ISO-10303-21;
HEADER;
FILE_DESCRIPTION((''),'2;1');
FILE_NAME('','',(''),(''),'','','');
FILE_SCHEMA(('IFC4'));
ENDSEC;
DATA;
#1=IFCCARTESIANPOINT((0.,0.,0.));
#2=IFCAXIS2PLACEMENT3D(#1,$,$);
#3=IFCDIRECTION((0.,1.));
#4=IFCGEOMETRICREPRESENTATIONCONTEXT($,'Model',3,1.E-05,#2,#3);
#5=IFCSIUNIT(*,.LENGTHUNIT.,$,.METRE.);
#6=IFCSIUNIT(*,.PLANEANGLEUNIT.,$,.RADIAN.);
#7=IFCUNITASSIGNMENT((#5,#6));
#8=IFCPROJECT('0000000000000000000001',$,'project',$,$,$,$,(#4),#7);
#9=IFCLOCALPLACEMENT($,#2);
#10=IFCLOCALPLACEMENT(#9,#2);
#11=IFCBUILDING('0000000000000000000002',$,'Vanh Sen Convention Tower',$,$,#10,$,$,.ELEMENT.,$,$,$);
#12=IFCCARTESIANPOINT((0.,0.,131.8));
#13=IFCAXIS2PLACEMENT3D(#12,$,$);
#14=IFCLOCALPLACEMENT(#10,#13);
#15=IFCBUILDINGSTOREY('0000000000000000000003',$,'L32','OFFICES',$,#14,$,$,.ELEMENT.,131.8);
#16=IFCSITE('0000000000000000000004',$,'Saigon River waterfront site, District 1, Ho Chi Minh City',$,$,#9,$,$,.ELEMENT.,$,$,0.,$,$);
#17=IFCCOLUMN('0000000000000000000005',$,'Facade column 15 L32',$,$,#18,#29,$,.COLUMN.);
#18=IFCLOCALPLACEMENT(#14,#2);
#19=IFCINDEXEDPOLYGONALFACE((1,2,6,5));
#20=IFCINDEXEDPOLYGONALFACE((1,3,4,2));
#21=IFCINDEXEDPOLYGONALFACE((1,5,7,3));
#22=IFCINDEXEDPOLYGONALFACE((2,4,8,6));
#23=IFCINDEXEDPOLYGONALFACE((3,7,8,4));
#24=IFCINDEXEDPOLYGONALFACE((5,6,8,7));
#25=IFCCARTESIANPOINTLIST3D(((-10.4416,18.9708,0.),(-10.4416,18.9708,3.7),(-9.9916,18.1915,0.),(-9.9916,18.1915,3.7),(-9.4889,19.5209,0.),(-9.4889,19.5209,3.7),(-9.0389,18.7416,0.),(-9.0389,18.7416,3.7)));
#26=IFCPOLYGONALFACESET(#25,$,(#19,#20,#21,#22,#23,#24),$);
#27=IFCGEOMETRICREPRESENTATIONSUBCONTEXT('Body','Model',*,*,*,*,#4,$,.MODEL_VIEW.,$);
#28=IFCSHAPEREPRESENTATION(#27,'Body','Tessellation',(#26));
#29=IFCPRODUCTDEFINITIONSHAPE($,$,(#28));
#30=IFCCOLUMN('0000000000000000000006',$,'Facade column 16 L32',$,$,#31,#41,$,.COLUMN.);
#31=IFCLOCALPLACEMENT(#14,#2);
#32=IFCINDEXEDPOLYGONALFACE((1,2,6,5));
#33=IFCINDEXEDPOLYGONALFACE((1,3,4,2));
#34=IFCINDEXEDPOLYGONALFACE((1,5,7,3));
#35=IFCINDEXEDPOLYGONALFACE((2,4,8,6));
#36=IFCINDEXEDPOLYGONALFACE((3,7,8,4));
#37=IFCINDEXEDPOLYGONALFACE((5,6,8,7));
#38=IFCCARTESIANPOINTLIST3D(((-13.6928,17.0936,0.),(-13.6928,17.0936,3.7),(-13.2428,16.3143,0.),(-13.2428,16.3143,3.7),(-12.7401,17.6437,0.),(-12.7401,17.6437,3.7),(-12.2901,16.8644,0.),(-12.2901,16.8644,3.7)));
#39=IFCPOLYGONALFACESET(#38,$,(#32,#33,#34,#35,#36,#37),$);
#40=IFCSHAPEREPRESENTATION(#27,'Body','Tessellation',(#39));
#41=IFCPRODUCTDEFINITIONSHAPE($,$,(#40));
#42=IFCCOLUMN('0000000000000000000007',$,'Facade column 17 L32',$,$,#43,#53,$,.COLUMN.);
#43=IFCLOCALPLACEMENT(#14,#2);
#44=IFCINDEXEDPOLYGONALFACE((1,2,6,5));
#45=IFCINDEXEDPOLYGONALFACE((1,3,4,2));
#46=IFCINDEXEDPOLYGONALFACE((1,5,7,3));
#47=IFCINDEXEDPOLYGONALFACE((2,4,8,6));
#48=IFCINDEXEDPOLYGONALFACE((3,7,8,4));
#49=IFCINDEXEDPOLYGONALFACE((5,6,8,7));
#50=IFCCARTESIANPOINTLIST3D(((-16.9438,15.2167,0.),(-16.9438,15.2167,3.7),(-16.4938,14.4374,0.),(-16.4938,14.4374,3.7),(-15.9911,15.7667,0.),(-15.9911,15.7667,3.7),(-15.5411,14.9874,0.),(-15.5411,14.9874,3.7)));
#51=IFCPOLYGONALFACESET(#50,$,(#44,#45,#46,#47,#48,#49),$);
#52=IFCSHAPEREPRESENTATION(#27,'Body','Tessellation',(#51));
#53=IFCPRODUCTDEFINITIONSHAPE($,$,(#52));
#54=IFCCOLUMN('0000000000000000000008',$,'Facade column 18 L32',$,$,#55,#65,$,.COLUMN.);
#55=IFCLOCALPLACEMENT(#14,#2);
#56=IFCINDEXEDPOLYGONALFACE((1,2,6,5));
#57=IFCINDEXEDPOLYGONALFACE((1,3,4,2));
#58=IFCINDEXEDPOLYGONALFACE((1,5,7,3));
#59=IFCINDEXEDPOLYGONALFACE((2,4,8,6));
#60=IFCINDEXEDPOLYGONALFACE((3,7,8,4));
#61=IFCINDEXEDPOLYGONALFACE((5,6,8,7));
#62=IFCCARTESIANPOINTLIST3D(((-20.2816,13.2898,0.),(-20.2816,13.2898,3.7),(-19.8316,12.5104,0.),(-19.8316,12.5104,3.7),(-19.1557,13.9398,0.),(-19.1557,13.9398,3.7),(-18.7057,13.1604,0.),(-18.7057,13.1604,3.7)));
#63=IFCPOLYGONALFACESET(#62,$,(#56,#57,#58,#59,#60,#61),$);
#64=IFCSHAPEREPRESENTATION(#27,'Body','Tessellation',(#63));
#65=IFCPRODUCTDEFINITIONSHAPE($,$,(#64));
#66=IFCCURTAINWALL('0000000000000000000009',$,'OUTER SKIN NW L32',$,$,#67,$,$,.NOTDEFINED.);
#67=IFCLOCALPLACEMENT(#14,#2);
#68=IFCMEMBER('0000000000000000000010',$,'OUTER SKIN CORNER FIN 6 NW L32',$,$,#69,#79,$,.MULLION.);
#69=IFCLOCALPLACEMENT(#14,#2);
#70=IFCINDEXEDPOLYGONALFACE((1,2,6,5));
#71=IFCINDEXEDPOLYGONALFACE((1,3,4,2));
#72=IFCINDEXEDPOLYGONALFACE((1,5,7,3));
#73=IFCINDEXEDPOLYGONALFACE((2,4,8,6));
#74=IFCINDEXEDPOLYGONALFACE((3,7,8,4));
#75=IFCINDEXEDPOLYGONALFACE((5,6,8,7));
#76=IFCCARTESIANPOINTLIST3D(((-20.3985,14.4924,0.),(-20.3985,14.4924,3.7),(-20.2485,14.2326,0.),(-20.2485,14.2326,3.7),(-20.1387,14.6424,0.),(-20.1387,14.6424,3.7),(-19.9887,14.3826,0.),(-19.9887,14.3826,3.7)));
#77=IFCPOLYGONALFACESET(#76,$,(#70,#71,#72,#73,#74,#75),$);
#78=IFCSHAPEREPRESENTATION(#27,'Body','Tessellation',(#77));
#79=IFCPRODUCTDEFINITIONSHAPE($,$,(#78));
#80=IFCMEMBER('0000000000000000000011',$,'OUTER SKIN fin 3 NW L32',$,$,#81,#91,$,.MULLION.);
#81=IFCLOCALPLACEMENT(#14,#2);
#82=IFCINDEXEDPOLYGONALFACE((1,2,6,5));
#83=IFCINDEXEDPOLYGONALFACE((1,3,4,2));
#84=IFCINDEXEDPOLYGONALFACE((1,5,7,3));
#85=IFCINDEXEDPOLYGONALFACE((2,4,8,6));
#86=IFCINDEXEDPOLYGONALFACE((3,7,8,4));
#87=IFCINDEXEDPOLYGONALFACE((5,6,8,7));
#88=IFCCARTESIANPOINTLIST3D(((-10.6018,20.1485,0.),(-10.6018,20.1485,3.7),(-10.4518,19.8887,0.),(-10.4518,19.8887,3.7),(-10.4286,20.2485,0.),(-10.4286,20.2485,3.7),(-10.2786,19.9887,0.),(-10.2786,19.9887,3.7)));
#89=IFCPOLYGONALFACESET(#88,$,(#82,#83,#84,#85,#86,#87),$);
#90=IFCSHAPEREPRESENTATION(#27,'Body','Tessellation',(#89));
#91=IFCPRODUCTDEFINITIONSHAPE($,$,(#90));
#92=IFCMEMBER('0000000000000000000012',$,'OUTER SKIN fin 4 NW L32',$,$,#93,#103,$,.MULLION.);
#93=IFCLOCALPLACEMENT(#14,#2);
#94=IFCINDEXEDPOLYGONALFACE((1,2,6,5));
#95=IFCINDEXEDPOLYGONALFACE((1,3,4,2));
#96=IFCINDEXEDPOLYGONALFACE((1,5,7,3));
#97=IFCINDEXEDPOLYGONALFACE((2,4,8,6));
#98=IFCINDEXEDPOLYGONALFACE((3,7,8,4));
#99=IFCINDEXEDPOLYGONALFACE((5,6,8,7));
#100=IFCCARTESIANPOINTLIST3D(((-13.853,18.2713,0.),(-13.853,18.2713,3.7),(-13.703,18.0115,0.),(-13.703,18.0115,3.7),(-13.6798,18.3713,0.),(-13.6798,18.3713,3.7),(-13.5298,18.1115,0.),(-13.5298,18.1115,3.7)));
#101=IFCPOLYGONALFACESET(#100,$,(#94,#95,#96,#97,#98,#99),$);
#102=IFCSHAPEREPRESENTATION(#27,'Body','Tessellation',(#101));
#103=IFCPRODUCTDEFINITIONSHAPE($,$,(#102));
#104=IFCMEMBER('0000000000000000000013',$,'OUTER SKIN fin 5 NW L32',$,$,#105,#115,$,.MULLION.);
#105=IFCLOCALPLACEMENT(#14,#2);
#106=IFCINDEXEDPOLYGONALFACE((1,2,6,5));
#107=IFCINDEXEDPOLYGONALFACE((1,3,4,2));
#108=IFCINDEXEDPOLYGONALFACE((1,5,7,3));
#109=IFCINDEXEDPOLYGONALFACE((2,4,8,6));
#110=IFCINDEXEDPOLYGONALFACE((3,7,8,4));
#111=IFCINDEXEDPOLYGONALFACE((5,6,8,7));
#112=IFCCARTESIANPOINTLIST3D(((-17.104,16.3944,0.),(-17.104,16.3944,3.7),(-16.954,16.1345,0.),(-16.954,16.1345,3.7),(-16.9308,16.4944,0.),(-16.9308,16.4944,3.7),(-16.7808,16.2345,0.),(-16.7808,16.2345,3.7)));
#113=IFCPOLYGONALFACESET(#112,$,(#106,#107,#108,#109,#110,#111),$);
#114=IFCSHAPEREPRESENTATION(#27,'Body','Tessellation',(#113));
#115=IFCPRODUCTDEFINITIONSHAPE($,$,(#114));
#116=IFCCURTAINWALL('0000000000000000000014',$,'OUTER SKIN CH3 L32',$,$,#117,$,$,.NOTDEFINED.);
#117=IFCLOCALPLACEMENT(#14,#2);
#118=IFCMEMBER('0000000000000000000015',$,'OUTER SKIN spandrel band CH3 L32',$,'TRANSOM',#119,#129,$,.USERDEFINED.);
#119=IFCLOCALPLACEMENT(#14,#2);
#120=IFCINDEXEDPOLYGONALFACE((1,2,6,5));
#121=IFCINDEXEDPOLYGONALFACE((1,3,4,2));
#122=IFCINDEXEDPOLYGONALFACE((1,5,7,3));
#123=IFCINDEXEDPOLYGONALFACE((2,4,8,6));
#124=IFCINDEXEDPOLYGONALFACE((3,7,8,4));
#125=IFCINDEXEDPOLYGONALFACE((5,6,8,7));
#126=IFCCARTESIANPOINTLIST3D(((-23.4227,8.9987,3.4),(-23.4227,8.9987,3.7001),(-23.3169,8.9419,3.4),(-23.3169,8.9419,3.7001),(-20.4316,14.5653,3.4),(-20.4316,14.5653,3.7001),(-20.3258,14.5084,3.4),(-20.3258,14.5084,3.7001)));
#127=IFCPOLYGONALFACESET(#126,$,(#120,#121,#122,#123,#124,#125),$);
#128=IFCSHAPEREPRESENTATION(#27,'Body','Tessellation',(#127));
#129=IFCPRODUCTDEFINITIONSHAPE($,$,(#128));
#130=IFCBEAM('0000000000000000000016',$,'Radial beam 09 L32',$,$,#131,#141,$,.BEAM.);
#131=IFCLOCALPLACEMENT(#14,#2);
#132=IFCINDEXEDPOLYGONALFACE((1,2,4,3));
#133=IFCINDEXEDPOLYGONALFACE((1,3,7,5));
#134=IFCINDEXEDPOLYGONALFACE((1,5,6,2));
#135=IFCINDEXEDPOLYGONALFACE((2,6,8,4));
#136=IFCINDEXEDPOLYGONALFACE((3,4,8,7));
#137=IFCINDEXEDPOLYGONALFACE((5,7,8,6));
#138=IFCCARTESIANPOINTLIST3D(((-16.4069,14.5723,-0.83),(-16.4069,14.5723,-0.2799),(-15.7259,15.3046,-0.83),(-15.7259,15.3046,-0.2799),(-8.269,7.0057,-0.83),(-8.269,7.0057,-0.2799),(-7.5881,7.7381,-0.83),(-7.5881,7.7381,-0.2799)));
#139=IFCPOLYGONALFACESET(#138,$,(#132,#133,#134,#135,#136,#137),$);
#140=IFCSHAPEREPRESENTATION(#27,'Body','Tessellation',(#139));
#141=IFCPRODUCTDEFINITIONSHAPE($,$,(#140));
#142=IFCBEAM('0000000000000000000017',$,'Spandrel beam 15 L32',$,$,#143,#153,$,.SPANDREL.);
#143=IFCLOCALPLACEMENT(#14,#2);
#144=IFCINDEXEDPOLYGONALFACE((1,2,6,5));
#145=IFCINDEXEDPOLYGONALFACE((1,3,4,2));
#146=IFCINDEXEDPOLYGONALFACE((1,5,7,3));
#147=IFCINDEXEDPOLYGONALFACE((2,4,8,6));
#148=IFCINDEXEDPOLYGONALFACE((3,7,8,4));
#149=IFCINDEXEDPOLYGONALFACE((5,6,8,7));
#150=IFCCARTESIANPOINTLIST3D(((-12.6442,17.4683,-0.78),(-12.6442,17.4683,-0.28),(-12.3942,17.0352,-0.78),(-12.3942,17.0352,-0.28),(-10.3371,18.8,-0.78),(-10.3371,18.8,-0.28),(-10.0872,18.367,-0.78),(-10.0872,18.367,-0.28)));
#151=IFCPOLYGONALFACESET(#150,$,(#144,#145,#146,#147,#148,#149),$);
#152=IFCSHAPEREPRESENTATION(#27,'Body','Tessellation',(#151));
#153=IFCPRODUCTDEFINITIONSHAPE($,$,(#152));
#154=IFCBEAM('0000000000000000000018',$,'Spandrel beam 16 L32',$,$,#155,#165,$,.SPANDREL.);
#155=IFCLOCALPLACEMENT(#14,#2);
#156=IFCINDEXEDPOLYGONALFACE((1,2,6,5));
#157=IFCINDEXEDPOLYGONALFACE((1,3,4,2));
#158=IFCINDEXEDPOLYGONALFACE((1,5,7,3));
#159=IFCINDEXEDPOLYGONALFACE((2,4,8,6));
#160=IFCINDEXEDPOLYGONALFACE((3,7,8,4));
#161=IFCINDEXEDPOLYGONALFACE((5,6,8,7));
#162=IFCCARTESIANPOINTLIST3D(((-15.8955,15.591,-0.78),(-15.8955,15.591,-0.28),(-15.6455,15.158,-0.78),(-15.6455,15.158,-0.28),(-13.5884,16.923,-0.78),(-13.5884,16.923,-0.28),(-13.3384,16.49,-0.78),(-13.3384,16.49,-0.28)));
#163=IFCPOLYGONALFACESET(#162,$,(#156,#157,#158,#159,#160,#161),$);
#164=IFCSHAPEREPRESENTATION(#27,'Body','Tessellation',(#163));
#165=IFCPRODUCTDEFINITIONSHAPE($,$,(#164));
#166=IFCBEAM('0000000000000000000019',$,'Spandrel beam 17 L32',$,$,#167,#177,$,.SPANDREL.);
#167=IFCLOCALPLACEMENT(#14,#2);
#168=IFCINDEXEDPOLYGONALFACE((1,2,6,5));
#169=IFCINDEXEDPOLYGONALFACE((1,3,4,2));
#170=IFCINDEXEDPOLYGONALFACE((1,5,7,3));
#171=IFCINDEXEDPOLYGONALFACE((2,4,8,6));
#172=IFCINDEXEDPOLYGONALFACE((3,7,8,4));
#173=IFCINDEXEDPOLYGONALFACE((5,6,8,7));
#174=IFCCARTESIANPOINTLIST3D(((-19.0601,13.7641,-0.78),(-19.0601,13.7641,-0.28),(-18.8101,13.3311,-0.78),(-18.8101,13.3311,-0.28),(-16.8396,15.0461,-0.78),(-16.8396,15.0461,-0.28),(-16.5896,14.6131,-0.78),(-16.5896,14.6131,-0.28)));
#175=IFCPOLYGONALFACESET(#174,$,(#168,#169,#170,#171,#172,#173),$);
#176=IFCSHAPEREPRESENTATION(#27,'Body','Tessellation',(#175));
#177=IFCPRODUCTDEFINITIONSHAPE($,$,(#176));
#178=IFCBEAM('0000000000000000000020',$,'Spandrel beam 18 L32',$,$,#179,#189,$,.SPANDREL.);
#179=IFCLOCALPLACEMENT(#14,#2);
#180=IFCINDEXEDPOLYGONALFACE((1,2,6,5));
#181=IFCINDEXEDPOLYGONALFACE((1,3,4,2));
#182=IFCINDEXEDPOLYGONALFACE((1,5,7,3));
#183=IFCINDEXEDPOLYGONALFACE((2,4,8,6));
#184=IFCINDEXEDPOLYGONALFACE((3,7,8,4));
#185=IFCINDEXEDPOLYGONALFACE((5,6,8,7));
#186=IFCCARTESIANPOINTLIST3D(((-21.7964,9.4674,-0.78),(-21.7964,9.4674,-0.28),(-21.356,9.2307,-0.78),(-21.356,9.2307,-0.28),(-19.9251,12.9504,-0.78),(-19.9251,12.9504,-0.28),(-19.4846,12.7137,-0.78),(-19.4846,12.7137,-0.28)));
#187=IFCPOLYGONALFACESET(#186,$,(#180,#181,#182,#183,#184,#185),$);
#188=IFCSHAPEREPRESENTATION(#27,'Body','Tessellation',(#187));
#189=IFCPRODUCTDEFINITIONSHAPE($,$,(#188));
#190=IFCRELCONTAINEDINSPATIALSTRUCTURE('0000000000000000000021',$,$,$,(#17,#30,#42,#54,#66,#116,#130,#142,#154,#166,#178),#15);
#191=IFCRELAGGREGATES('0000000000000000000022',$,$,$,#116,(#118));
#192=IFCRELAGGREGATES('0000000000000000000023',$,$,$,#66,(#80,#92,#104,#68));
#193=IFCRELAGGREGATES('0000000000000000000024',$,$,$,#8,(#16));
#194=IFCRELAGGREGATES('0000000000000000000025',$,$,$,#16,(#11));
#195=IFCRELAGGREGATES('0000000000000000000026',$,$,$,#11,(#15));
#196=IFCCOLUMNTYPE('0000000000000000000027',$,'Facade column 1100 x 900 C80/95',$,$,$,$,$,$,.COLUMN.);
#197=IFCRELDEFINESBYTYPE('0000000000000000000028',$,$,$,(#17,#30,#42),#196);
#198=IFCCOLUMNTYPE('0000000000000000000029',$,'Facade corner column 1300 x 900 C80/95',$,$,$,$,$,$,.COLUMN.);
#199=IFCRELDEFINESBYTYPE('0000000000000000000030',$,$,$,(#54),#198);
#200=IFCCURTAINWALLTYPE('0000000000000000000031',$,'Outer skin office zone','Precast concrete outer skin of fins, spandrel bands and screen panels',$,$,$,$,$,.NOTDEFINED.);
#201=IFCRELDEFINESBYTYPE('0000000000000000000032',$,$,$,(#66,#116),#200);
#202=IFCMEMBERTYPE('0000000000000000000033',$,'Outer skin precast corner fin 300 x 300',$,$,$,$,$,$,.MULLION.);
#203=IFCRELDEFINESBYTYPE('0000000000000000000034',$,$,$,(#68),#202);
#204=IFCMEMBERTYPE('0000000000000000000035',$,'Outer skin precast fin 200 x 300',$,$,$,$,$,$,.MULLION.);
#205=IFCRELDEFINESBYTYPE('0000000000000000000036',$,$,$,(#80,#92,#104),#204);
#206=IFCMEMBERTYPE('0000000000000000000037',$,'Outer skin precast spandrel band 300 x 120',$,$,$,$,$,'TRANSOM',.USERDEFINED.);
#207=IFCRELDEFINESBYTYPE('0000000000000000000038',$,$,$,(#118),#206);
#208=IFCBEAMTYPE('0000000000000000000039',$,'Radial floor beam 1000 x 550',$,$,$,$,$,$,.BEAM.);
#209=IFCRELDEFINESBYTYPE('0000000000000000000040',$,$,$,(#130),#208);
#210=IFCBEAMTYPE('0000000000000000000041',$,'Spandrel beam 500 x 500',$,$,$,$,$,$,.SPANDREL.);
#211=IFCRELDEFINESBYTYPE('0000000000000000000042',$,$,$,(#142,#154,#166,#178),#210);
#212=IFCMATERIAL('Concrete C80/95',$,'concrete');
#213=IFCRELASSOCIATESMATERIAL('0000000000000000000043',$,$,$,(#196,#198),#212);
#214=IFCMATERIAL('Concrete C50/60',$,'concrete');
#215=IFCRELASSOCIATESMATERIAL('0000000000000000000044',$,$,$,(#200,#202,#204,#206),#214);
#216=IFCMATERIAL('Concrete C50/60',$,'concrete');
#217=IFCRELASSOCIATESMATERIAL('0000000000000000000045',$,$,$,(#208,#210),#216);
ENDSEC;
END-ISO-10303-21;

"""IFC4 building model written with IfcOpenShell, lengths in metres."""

from ifc_helpers import new_model, si_unit, direction, frame, origin, origin_2d, place, context, subcontext, project, spatial, rectangle, extrude, material, material_profile, profile_set, type_object, element, aggregate, save


model = new_model("IFC4")

# Units and contexts
model_context = context("Model", 3, precision=1e-05, world=origin(), true_north=direction((0.0, 1.0)))
body_context = subcontext(model_context, "Body", "Model", "MODEL_VIEW")
ifc_project = project(units=[si_unit("LENGTHUNIT", "METRE"), si_unit("PLANEANGLEUNIT", "RADIAN")], contexts=[model_context])

# Site, building, storey
site_placement = place(None, origin())
site = spatial("IfcSite", under=ifc_project, at=site_placement, Name="Saigon River waterfront site, District 1, Ho Chi Minh City", CompositionType="ELEMENT", RefElevation=0.0)
building_placement = place(site_placement, origin())
building = spatial("IfcBuilding", under=site, at=building_placement, Name="Vanh Sen Convention Tower", CompositionType="ELEMENT")
storey_placement = place(building_placement, frame((0.0, 0.0, 131.8)))
storey = spatial("IfcBuildingStorey", under=building, at=storey_placement, Name="L32", Description="OFFICES", CompositionType="ELEMENT", Elevation=131.8)

# Columns
ifc_material_1 = material(Name="Concrete C80/95", Category="concrete")
ifc_material_profile_1 = material_profile(ifc_material_1, rectangle(XDim=1.1001, YDim=0.8999, at=origin_2d()), Name="RC 1100X900")
ifc_profile_set_1 = profile_set([ifc_material_profile_1], Name="Concrete C80/95")
column_type_1 = type_object("IfcColumnType", Name="Facade column 1100 x 900 C80/95", PredefinedType="COLUMN", material=ifc_profile_set_1)
for number, where, z_axis, x_axis, name in (
    (1, (-9.7402, 18.8562, 0.0), (0.0, 0.0, 1.0), (-0.866025, -0.5, 0.0), "Facade column 15 L32"),
    (2, (-12.9915, 16.979, 0.0), (0.0, 0.0, 1.0), (-0.866025, -0.5, 0.0), "Facade column 16 L32"),
    (3, (-16.2424, 15.1021, 0.0), (0.0, 0.0, 1.0), (-0.866025, -0.5, 0.0), "Facade column 17 L32"),
):
    element("IfcColumn", number, at=place(storey_placement, frame(where, z_axis=z_axis, x_axis=x_axis)), inside=storey, type_object=column_type_1, Name=name, PredefinedType="COLUMN", context=body_context, shape_type="SweptSolid", body=[
        extrude(rectangle(XDim=1.1001, YDim=0.8999, at=origin_2d()), origin(), (0.0, 0.0, 1.0), 3.7),
    ])
ifc_material_profile_2 = material_profile(ifc_material_1, rectangle(XDim=1.3, YDim=0.8999, at=origin_2d()), Name="RC 1300X900")
ifc_profile_set_2 = profile_set([ifc_material_profile_2], Name="Concrete C80/95")
column_type_2 = type_object("IfcColumnType", Name="Facade corner column 1300 x 900 C80/95", PredefinedType="COLUMN", material=ifc_profile_set_2)
column_placement = place(storey_placement, frame((-19.4937, 13.2251, 0.0), z_axis=(0.0, 0.0, 1.0), x_axis=(-0.866025, -0.5, 0.0)))
element("IfcColumn", 4, at=column_placement, inside=storey, type_object=column_type_2, Name="Facade column 18 L32", PredefinedType="COLUMN", context=body_context, shape_type="SweptSolid", body=[
    extrude(rectangle(XDim=1.3, YDim=0.8999, at=origin_2d()), origin(), (0.0, 0.0, 1.0), 3.7),
])

# Curtain wall, members
ifc_material_2 = material(Name="Concrete C50/60", Category="concrete")
curtain_wall_type = type_object("IfcCurtainWallType", Name="Outer skin office zone", Description="Precast concrete outer skin of fins, spandrel bands and screen panels", PredefinedType="NOTDEFINED", material=ifc_material_2)
curtain_wall_1_placement = place(storey_placement, origin())
curtain_wall_1 = element("IfcCurtainWall", 5, at=curtain_wall_1_placement, inside=storey, type_object=curtain_wall_type, Name="OUTER SKIN NW L32", PredefinedType="NOTDEFINED")
ifc_material_profile_3 = material_profile(ifc_material_2, rectangle(XDim=0.3, YDim=0.3, at=origin_2d()), Name="Outer skin precast corner fin 300 x 300")
ifc_profile_set_3 = profile_set([ifc_material_profile_3], Name="Concrete C50/60")
member_type_1 = type_object("IfcMemberType", Name="Outer skin precast corner fin 300 x 300", PredefinedType="MULLION", material=ifc_profile_set_3)
member_1_placement = place(storey_placement, frame((-20.1936, 14.4375, 0.0), z_axis=(0.0, 0.0, 1.0), x_axis=(-0.866025, -0.5, 0.0)))
member_1 = element("IfcMember", 6, at=member_1_placement, type_object=member_type_1, Name="OUTER SKIN CORNER FIN 6 NW L32", PredefinedType="MULLION", context=body_context, shape_type="SweptSolid", body=[
    extrude(rectangle(XDim=0.3, YDim=0.3, at=origin_2d()), origin(), (0.0, 0.0, 1.0), 3.7),
])
ifc_material_profile_4 = material_profile(ifc_material_2, rectangle(XDim=0.2, YDim=0.3, at=origin_2d()), Name="Outer skin precast fin 200 x 300")
ifc_profile_set_4 = profile_set([ifc_material_profile_4], Name="Concrete C50/60")
member_type_2 = type_object("IfcMemberType", Name="Outer skin precast fin 200 x 300", PredefinedType="MULLION", material=ifc_profile_set_4)
member_2_placement = place(storey_placement, frame((-10.4402, 20.0686, 0.0), z_axis=(0.0, 0.0, 1.0), x_axis=(-0.866025, -0.5, 0.0)))
member_2 = element("IfcMember", 7, at=member_2_placement, type_object=member_type_2, Name="OUTER SKIN fin 3 NW L32", PredefinedType="MULLION", context=body_context, shape_type="SweptSolid", body=[
    extrude(rectangle(XDim=0.2, YDim=0.3, at=origin_2d()), origin(), (0.0, 0.0, 1.0), 3.7),
])
member_3_placement = place(storey_placement, frame((-13.6914, 18.1914, 0.0), z_axis=(0.0, 0.0, 1.0), x_axis=(-0.866025, -0.5, 0.0)))
member_3 = element("IfcMember", 8, at=member_3_placement, type_object=member_type_2, Name="OUTER SKIN fin 4 NW L32", PredefinedType="MULLION", context=body_context, shape_type="SweptSolid", body=[
    extrude(rectangle(XDim=0.2, YDim=0.3, at=origin_2d()), origin(), (0.0, 0.0, 1.0), 3.7),
])
member_4_placement = place(storey_placement, frame((-16.9424, 16.3145, 0.0), z_axis=(0.0, 0.0, 1.0), x_axis=(-0.866025, -0.5, 0.0)))
member_4 = element("IfcMember", 9, at=member_4_placement, type_object=member_type_2, Name="OUTER SKIN fin 5 NW L32", PredefinedType="MULLION", context=body_context, shape_type="SweptSolid", body=[
    extrude(rectangle(XDim=0.2, YDim=0.3, at=origin_2d()), origin(), (0.0, 0.0, 1.0), 3.7),
])

# Curtain wall, member
curtain_wall_2_placement = place(storey_placement, origin())
curtain_wall_2 = element("IfcCurtainWall", 10, at=curtain_wall_2_placement, inside=storey, type_object=curtain_wall_type, Name="OUTER SKIN CH3 L32", PredefinedType="NOTDEFINED")
ifc_material_profile_5 = material_profile(ifc_material_2, rectangle(XDim=0.1201, YDim=0.3, at=origin_2d()), Name="Outer skin precast spandrel band 300 x 120")
ifc_profile_set_5 = profile_set([ifc_material_profile_5], Name="Concrete C50/60")
member_type_3 = type_object("IfcMemberType", Name="Outer skin precast spandrel band 300 x 120", ElementType="TRANSOM", PredefinedType="USERDEFINED", material=ifc_profile_set_5)
member_5_placement = place(storey_placement, frame((-20.3787, 14.5369, 3.55), z_axis=(-0.473337, -0.880881, 0.0), x_axis=(0.880881, -0.473337, 0.0)))
member_5 = element("IfcMember", 11, at=member_5_placement, type_object=member_type_3, Name="OUTER SKIN spandrel band CH3 L32", ObjectType="TRANSOM", PredefinedType="USERDEFINED", context=body_context, shape_type="SweptSolid", body=[
    extrude(rectangle(XDim=0.1201, YDim=0.3, at=origin_2d()), origin(), (0.0, 0.0, 1.0), 6.3193),
])
aggregate(curtain_wall_2, [member_5])

# Beams
ifc_material_3 = material(Name="Concrete C50/60", Category="concrete")
ifc_material_profile_6 = material_profile(ifc_material_3, rectangle(XDim=1.0, YDim=0.55, at=origin_2d()), Name="RC 1000X550")
ifc_profile_set_6 = profile_set([ifc_material_profile_6], Name="Concrete C50/60")
beam_type_1 = type_object("IfcBeamType", Name="Radial floor beam 1000 x 550", PredefinedType="BEAM", material=ifc_profile_set_6)
beam_1_placement = place(storey_placement, frame((-16.0664, 14.9385, -0.5549), z_axis=(0.732345, -0.680934, 0.0), x_axis=(0.680934, 0.732345, 0.0)))
element("IfcBeam", 12, at=beam_1_placement, inside=storey, type_object=beam_type_1, Name="Radial beam 09 L32", PredefinedType="BEAM", context=body_context, shape_type="SweptSolid", body=[
    extrude(rectangle(XDim=1.0, YDim=0.55, at=origin_2d()), origin(), (0.0, 0.0, 1.0), 11.1121),
])
ifc_material_profile_7 = material_profile(ifc_material_3, rectangle(XDim=0.5, YDim=0.5, at=origin_2d()), Name="RC 500X500")
ifc_profile_set_7 = profile_set([ifc_material_profile_7], Name="Concrete C50/60")
beam_type_2 = type_object("IfcBeamType", Name="Spandrel beam 500 x 500", PredefinedType="SPANDREL", material=ifc_profile_set_7)
beam_2_placement = place(storey_placement, frame((-10.2122, 18.5835, -0.53), z_axis=(-0.866063, -0.499934, 0.0), x_axis=(0.499934, -0.866063, 0.0)))
element("IfcBeam", 13, at=beam_2_placement, inside=storey, type_object=beam_type_2, Name="Spandrel beam 15 L32", PredefinedType="SPANDREL", context=body_context, shape_type="SweptSolid", body=[
    extrude(rectangle(XDim=0.5, YDim=0.5, at=origin_2d()), origin(), (0.0, 0.0, 1.0), 2.6638),
])
beam_3_placement = place(storey_placement, frame((-13.4634, 16.7065, -0.53), z_axis=(-0.866024, -0.500003, 0.0), x_axis=(0.500003, -0.866024, 0.0)))
element("IfcBeam", 14, at=beam_3_placement, inside=storey, type_object=beam_type_2, Name="Spandrel beam 16 L32", PredefinedType="SPANDREL", context=body_context, shape_type="SweptSolid", body=[
    extrude(rectangle(XDim=0.5, YDim=0.5, at=origin_2d()), origin(), (0.0, 0.0, 1.0), 2.6641),
])
beam_4_placement = place(storey_placement, frame((-16.7146, 14.8296, -0.53), z_axis=(-0.866025, -0.5, 0.0), x_axis=(0.5, -0.866025, 0.0)))
element("IfcBeam", 15, at=beam_4_placement, inside=storey, type_object=beam_type_2, Name="Spandrel beam 17 L32", PredefinedType="SPANDREL", context=body_context, shape_type="SweptSolid", body=[
    extrude(rectangle(XDim=0.5, YDim=0.5, at=origin_2d()), origin(), (0.0, 0.0, 1.0), 2.564),
])
beam_5_placement = place(storey_placement, frame((-19.7048, 12.832, -0.53), z_axis=(-0.473301, -0.880901, 0.0), x_axis=(0.880901, -0.473301, 0.0)))
element("IfcBeam", 16, at=beam_5_placement, inside=storey, type_object=beam_type_2, Name="Spandrel beam 18 L32", PredefinedType="SPANDREL", context=body_context, shape_type="SweptSolid", body=[
    extrude(rectangle(XDim=0.5, YDim=0.5, at=origin_2d()), origin(), (0.0, 0.0, 1.0), 3.9539),
])

aggregate(curtain_wall_1, [member_2, member_3, member_4, member_1])

save(model, "model.ifc")
